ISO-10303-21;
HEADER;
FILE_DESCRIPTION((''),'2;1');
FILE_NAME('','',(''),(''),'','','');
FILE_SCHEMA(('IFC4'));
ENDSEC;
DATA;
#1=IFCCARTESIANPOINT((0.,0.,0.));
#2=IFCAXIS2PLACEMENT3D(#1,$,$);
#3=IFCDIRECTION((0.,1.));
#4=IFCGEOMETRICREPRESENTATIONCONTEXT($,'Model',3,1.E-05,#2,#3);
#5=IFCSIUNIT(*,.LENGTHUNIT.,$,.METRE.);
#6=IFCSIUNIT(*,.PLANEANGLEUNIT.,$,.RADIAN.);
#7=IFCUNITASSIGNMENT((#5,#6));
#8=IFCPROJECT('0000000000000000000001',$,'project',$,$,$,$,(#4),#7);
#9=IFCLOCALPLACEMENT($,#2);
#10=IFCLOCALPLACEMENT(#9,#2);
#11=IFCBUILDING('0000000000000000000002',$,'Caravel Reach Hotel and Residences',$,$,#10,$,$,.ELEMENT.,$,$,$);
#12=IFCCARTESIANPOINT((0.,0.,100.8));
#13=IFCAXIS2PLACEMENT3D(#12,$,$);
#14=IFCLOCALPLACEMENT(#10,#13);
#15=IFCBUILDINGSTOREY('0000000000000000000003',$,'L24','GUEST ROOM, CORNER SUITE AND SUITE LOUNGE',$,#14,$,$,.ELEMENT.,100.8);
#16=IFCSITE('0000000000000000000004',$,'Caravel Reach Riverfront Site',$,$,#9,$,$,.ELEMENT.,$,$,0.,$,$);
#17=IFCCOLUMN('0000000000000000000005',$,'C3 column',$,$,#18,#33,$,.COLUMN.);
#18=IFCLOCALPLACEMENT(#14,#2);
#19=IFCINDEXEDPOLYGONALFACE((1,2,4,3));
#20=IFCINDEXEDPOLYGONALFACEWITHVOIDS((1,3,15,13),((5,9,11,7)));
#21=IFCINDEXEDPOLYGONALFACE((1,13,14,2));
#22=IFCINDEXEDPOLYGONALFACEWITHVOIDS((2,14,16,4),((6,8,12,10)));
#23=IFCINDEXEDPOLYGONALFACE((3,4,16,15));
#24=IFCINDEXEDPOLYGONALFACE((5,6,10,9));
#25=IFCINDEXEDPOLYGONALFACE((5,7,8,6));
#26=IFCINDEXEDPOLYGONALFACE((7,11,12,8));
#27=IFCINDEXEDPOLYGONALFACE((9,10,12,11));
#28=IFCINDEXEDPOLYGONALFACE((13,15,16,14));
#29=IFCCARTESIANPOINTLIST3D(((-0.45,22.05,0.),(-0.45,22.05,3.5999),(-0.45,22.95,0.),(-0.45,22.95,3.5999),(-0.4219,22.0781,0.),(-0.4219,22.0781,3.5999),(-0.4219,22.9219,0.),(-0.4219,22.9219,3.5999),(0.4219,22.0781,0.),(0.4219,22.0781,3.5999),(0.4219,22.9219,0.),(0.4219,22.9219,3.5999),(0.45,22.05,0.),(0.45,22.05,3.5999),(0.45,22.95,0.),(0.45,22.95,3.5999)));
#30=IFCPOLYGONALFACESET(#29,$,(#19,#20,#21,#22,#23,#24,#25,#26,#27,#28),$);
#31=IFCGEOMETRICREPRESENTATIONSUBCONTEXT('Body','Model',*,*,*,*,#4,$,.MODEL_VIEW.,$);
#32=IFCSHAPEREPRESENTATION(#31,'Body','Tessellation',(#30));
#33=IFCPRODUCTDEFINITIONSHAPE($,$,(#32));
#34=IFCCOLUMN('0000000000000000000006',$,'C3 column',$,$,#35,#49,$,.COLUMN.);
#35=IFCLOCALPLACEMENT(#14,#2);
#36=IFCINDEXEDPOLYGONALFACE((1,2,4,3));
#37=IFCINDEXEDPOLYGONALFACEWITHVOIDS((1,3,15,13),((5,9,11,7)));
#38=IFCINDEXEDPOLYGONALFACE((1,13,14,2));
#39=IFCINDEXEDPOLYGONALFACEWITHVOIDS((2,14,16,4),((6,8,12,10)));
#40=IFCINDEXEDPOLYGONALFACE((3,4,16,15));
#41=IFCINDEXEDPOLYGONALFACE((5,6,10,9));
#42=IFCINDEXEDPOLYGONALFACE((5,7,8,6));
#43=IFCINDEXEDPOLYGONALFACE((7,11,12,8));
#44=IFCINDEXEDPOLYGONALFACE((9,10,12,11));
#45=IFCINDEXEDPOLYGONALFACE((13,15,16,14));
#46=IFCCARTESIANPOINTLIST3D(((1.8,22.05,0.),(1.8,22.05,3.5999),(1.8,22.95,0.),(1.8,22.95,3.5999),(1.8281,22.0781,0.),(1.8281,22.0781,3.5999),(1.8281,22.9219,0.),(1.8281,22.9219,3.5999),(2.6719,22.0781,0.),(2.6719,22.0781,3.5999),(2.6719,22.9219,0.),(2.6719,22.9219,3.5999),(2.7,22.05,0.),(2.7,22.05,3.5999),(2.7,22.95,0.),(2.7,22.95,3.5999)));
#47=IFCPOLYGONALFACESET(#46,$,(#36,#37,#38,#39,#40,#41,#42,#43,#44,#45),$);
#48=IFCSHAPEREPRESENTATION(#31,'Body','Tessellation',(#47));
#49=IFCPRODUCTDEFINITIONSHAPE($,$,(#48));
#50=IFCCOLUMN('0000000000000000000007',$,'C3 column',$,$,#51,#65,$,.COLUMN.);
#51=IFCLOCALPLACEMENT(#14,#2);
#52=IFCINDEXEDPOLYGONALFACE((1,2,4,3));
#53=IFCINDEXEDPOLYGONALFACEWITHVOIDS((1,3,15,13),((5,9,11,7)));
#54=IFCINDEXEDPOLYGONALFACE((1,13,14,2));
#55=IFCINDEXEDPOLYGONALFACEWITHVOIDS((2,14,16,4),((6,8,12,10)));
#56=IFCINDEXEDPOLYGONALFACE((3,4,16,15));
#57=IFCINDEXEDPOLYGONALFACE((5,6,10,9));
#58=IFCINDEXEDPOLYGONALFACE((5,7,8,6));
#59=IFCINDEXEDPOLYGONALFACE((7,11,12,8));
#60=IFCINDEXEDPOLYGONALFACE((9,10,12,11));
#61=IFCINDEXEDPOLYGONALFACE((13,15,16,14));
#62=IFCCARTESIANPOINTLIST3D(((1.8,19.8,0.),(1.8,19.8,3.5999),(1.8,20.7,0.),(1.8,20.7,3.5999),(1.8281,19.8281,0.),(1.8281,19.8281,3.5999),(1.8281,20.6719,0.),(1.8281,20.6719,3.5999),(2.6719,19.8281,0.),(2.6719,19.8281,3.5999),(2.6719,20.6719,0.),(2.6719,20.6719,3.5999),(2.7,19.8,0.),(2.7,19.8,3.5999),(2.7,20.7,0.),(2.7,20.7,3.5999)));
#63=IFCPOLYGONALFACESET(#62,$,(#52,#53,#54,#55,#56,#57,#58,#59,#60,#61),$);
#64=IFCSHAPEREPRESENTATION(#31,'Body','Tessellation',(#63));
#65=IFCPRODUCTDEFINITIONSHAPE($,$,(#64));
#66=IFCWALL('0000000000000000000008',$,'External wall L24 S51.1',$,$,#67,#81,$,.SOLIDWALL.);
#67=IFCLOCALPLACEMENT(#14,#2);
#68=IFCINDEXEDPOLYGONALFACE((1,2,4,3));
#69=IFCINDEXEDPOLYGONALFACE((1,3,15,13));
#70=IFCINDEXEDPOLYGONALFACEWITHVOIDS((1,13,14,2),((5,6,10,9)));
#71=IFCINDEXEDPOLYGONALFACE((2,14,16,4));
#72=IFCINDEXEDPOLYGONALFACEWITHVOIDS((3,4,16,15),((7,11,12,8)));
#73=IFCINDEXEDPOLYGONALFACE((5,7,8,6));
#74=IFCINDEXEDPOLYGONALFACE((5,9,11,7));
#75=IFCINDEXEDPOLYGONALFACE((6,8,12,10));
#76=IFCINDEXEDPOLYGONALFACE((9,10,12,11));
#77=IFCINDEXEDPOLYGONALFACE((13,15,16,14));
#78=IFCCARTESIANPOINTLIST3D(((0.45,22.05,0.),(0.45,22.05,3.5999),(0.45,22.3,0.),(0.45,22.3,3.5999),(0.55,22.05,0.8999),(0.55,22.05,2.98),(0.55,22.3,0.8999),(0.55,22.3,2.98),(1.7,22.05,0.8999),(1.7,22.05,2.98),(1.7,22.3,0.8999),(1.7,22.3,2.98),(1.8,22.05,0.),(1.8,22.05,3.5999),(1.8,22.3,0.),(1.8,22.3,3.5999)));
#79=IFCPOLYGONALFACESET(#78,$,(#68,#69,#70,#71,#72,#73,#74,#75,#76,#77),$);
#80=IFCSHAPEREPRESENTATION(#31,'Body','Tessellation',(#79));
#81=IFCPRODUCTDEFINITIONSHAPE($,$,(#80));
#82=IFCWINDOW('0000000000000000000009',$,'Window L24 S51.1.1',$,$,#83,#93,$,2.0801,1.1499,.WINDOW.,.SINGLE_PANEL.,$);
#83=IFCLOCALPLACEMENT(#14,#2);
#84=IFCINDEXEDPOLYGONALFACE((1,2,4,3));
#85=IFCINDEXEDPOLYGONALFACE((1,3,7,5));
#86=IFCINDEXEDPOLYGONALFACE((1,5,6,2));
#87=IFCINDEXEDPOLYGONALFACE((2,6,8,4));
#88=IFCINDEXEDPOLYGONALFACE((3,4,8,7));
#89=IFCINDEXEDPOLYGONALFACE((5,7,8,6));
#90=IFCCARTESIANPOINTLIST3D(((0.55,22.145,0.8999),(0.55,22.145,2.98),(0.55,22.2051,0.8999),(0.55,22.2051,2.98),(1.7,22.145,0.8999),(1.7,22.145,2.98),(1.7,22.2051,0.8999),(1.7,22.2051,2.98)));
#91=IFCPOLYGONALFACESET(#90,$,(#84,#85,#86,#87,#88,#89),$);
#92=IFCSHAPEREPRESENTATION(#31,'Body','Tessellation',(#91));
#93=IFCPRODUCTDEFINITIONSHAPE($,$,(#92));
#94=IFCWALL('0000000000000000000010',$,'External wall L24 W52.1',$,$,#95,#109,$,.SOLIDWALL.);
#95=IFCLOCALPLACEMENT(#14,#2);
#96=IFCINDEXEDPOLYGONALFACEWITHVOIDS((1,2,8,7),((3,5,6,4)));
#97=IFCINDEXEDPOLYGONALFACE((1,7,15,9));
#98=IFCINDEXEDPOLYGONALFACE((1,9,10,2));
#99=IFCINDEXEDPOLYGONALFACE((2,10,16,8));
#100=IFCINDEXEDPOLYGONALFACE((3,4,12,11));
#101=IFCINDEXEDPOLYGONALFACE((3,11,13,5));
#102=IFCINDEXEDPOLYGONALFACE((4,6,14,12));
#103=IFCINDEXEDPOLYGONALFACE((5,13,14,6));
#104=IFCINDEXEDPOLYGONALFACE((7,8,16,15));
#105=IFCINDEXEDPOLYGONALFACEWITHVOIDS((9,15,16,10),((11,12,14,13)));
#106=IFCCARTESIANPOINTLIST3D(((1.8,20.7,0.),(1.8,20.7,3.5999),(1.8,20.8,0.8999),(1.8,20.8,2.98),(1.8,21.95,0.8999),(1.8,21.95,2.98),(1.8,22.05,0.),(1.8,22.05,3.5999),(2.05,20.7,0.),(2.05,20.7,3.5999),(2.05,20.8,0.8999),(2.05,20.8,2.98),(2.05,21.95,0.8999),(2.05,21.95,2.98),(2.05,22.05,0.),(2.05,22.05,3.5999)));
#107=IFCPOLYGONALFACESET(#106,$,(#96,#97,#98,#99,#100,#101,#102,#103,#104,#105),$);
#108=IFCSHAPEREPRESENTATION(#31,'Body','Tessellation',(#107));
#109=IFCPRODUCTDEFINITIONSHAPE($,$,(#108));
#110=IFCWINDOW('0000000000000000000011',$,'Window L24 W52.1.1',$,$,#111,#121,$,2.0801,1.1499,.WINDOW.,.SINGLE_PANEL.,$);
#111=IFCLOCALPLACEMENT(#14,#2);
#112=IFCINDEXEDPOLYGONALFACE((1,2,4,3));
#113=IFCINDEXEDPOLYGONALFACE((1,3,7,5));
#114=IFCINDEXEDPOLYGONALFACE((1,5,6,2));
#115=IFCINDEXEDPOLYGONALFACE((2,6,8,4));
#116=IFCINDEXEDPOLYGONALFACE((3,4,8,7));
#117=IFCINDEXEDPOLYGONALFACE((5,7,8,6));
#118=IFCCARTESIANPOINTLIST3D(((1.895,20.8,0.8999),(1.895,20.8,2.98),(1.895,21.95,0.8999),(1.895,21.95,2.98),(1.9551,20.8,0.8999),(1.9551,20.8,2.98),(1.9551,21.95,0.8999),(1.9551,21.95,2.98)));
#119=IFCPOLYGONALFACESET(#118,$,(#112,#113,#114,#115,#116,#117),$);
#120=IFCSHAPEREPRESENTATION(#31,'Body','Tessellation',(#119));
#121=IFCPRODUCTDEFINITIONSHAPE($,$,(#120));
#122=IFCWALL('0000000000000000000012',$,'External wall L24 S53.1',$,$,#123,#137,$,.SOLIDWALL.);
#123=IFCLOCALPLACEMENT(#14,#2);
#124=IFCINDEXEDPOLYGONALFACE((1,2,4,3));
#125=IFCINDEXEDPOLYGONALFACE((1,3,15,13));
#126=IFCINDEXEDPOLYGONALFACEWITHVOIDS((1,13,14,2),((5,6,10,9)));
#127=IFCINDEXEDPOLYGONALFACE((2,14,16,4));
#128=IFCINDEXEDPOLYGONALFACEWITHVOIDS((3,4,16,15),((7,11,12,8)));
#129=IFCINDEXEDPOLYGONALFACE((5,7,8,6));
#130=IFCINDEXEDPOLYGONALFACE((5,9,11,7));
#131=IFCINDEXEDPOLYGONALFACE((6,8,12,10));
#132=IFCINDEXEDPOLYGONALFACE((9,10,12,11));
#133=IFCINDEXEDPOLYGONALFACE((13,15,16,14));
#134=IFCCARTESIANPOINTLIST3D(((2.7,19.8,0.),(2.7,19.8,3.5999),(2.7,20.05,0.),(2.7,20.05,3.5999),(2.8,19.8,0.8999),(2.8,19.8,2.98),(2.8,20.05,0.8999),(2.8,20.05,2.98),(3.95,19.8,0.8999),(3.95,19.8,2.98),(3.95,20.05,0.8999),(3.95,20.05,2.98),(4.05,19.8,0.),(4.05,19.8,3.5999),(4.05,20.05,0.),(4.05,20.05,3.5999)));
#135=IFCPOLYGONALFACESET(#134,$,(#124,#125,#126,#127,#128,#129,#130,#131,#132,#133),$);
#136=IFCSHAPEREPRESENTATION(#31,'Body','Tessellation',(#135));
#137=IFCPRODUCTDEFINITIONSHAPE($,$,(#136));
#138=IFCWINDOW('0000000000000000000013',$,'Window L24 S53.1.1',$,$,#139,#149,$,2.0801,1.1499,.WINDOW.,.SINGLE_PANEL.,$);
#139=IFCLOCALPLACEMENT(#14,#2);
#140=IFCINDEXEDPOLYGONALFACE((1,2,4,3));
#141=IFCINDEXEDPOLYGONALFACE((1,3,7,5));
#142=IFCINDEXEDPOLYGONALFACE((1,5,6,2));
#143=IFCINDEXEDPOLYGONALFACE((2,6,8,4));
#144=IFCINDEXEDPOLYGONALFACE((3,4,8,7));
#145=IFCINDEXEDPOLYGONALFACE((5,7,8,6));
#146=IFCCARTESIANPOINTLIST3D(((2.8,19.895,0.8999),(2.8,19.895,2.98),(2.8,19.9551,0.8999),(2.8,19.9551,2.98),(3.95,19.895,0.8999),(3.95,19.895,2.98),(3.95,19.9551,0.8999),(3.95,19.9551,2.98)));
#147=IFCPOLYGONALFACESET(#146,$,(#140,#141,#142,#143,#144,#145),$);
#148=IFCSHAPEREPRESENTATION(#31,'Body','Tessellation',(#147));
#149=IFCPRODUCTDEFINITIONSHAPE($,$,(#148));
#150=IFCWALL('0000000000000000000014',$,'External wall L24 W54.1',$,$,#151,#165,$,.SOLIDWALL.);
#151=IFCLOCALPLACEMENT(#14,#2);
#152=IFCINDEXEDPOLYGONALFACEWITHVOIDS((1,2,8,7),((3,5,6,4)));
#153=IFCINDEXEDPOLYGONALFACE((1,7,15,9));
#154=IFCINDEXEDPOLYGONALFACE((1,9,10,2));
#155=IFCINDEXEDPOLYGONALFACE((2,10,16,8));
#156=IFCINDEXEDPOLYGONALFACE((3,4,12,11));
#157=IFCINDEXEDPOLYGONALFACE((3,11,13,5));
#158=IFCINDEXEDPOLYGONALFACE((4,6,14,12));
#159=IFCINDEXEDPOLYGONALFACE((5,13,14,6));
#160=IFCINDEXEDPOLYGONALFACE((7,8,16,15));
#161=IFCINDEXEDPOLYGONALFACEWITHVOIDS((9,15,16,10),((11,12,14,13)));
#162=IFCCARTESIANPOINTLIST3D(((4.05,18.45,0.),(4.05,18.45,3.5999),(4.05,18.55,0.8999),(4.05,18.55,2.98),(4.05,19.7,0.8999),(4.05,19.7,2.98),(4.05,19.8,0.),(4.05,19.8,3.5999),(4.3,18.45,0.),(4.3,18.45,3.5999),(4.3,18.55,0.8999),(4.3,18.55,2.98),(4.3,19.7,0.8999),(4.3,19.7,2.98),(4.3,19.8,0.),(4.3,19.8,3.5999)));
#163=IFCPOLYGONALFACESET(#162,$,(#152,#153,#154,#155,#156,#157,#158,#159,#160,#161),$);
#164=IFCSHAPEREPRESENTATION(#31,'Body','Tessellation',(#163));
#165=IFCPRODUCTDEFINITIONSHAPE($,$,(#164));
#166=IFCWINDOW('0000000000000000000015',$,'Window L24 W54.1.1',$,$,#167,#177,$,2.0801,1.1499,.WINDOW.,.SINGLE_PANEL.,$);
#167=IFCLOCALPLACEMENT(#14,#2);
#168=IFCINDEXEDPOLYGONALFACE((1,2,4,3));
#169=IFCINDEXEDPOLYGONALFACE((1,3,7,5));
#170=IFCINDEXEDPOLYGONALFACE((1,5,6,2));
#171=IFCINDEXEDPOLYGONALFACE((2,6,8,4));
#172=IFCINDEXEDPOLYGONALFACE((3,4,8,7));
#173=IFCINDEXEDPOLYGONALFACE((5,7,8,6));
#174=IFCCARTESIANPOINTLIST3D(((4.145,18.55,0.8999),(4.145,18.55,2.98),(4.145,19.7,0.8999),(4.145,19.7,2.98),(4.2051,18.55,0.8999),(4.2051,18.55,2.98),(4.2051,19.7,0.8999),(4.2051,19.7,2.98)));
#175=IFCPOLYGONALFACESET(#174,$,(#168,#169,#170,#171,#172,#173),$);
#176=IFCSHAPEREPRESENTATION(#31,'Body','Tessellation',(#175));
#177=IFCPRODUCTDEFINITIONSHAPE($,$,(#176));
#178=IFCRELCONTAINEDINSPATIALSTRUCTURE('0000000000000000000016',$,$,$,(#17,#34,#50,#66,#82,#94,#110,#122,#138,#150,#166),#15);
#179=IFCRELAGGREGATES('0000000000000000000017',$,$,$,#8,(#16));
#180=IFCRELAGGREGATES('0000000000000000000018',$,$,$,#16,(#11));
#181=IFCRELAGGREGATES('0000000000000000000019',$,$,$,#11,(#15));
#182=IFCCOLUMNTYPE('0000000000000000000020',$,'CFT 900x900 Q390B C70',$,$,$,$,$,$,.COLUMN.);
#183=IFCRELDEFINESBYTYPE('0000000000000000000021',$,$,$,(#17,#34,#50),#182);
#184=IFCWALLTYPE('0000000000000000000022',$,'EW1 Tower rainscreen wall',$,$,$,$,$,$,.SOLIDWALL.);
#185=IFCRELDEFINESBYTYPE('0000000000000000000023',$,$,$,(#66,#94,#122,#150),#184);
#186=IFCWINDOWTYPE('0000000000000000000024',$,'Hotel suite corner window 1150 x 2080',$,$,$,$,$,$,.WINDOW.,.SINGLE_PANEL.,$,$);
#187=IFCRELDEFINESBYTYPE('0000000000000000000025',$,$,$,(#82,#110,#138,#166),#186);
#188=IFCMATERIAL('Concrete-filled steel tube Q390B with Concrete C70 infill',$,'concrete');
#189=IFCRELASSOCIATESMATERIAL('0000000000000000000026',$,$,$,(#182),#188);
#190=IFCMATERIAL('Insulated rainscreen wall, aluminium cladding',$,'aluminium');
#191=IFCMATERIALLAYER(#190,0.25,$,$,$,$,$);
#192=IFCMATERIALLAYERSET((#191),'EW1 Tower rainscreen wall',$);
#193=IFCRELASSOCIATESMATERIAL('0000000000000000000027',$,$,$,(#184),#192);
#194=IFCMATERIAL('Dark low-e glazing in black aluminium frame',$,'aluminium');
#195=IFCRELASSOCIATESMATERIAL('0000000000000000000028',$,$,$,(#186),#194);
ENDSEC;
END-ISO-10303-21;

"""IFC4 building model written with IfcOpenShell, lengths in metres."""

from ifc_helpers import new_model, si_unit, direction, frame, frame_2d, origin, origin_2d, place, context, subcontext, project, spatial, rectangle, hollow_rectangle, extrude, material, layer, layer_set, material_profile, profile_set, type_object, element, fill, save


model = new_model("IFC4")

# Units and contexts
model_context = context("Model", 3, precision=1e-05, world=origin(), true_north=direction((0.0, 1.0)))
body_context = subcontext(model_context, "Body", "Model", "MODEL_VIEW")
ifc_project = project(units=[si_unit("LENGTHUNIT", "METRE"), si_unit("PLANEANGLEUNIT", "RADIAN")], contexts=[model_context])

# Site, building, storey
site_placement = place(None, origin())
site = spatial("IfcSite", under=ifc_project, at=site_placement, Name="Caravel Reach Riverfront Site", CompositionType="ELEMENT", RefElevation=0.0)
building_placement = place(site_placement, origin())
building = spatial("IfcBuilding", under=site, at=building_placement, Name="Caravel Reach Hotel and Residences", CompositionType="ELEMENT")
storey_placement = place(building_placement, frame((0.0, 0.0, 100.8)))
storey = spatial("IfcBuildingStorey", under=building, at=storey_placement, Name="L24", Description="GUEST ROOM, CORNER SUITE AND SUITE LOUNGE", CompositionType="ELEMENT", Elevation=100.8)

# Columns
ifc_material_1 = material(Name="Concrete-filled steel tube Q390B with Concrete C70 infill", Category="concrete")
ifc_material_profile = material_profile(ifc_material_1, hollow_rectangle(XDim=0.8999, YDim=0.8999, WallThickness=0.0281, at=origin_2d()), Name="RHS 900x900x28")
ifc_profile_set = profile_set([ifc_material_profile], Name="Concrete-filled steel tube Q390B with Concrete C70 infill")
column_type = type_object("IfcColumnType", Name="CFT 900x900 Q390B C70", PredefinedType="COLUMN", material=ifc_profile_set)
for number, where, z_axis, x_axis, name in (
    (1, (0.0, 22.5, 0.0), (0.0, 0.0, 1.0), (1.0, 0.0, 0.0), "C3 column"),
    (2, (2.25, 22.5, 0.0), (0.0, 0.0, 1.0), (1.0, 0.0, 0.0), "C3 column"),
    (3, (2.25, 20.25, 0.0), (0.0, 0.0, 1.0), (1.0, 0.0, 0.0), "C3 column"),
):
    element("IfcColumn", number, at=place(storey_placement, frame(where, z_axis=z_axis, x_axis=x_axis)), inside=storey, type_object=column_type, Name=name, PredefinedType="COLUMN", context=body_context, shape_type="SweptSolid", body=[
        extrude(hollow_rectangle(XDim=0.8999, YDim=0.8999, WallThickness=0.0281, at=origin_2d()), origin(), (0.0, 0.0, 1.0), 3.5999),
    ])

# Walls, openings, windows
ifc_material_2 = material(Name="Insulated rainscreen wall, aluminium cladding", Category="aluminium")
ifc_layer_1 = layer(ifc_material_2, 0.25)
ifc_layer_set_1 = layer_set([ifc_layer_1], Name="EW1 Tower rainscreen wall")
wall_type_1 = type_object("IfcWallType", Name="EW1 Tower rainscreen wall", PredefinedType="SOLIDWALL", material=ifc_layer_set_1)
wall_1_placement = place(storey_placement, frame((0.45, 22.175, 0.0), z_axis=(0.0, 0.0, 1.0), x_axis=(1.0, 0.0, 0.0)))
wall_1 = element("IfcWall", 4, at=wall_1_placement, inside=storey, type_object=wall_type_1, Name="External wall L24 S51.1", PredefinedType="SOLIDWALL", context=body_context, shape_type="SweptSolid", body=[
    extrude(rectangle(XDim=1.3501, YDim=0.25, at=frame_2d((0.675, 0.0))), origin(), (0.0, 0.0, 1.0), 3.5999),
])
opening_1_placement = place(wall_1_placement, frame((0.1001, 0.0, 0.8999)))
opening_1 = element("IfcOpeningElement", 5, at=opening_1_placement, cuts=wall_1, PredefinedType="OPENING", context=body_context, shape_type="SweptSolid", body=[
    extrude(rectangle(XDim=1.1499, YDim=2.0801, at=frame_2d((0.575, 1.04))), frame((0.0, 0.135, 0.0), z_axis=(0.0, -1.0, 0.0), x_axis=(1.0, 0.0, 0.0)), (0.0, 0.0, 1.0), 0.27),
])
ifc_material_3 = material(Name="Dark low-e glazing in black aluminium frame", Category="aluminium")
window_type = type_object("IfcWindowType", Name="Hotel suite corner window 1150 x 2080", PartitioningType="SINGLE_PANEL", PredefinedType="WINDOW", material=ifc_material_3)
window_1_placement = place(opening_1_placement, origin())
window_1 = element("IfcWindow", 6, at=window_1_placement, inside=storey, type_object=window_type, Name="Window L24 S51.1.1", OverallHeight=2.0801, OverallWidth=1.1499, PartitioningType="SINGLE_PANEL", PredefinedType="WINDOW", context=body_context, shape_type="SweptSolid", body=[
    extrude(rectangle(XDim=1.1499, YDim=2.0801, at=frame_2d((0.575, 1.04))), frame((0.0, 0.03, 0.0), z_axis=(0.0, -1.0, 0.0), x_axis=(1.0, 0.0, 0.0)), (0.0, 0.0, 1.0), 0.0601),
])
fill(opening_1, window_1)
wall_2_placement = place(storey_placement, frame((1.925, 22.05, 0.0), z_axis=(0.0, 0.0, 1.0), x_axis=(0.0, -1.0, 0.0)))
wall_2 = element("IfcWall", 7, at=wall_2_placement, inside=storey, type_object=wall_type_1, Name="External wall L24 W52.1", PredefinedType="SOLIDWALL", context=body_context, shape_type="SweptSolid", body=[
    extrude(rectangle(XDim=1.3501, YDim=0.25, at=frame_2d((0.675, 0.0))), origin(), (0.0, 0.0, 1.0), 3.5999),
])
opening_2_placement = place(wall_2_placement, frame((0.1001, 0.0, 0.8999)))
opening_2 = element("IfcOpeningElement", 8, at=opening_2_placement, cuts=wall_2, PredefinedType="OPENING", context=body_context, shape_type="SweptSolid", body=[
    extrude(rectangle(XDim=1.1499, YDim=2.0801, at=frame_2d((0.575, 1.04))), frame((0.0, 0.135, 0.0), z_axis=(0.0, -1.0, 0.0), x_axis=(1.0, 0.0, 0.0)), (0.0, 0.0, 1.0), 0.27),
])
window_2_placement = place(opening_2_placement, origin())
window_2 = element("IfcWindow", 9, at=window_2_placement, inside=storey, type_object=window_type, Name="Window L24 W52.1.1", OverallHeight=2.0801, OverallWidth=1.1499, PartitioningType="SINGLE_PANEL", PredefinedType="WINDOW", context=body_context, shape_type="SweptSolid", body=[
    extrude(rectangle(XDim=1.1499, YDim=2.0801, at=frame_2d((0.575, 1.04))), frame((0.0, 0.03, 0.0), z_axis=(0.0, -1.0, 0.0), x_axis=(1.0, 0.0, 0.0)), (0.0, 0.0, 1.0), 0.0601),
])
fill(opening_2, window_2)
wall_3_placement = place(storey_placement, frame((2.7, 19.925, 0.0), z_axis=(0.0, 0.0, 1.0), x_axis=(1.0, 0.0, 0.0)))
wall_3 = element("IfcWall", 10, at=wall_3_placement, inside=storey, type_object=wall_type_1, Name="External wall L24 S53.1", PredefinedType="SOLIDWALL", context=body_context, shape_type="SweptSolid", body=[
    extrude(rectangle(XDim=1.3501, YDim=0.25, at=frame_2d((0.675, 0.0))), origin(), (0.0, 0.0, 1.0), 3.5999),
])
opening_3_placement = place(wall_3_placement, frame((0.1001, 0.0, 0.8999)))
opening_3 = element("IfcOpeningElement", 11, at=opening_3_placement, cuts=wall_3, PredefinedType="OPENING", context=body_context, shape_type="SweptSolid", body=[
    extrude(rectangle(XDim=1.1499, YDim=2.0801, at=frame_2d((0.575, 1.04))), frame((0.0, 0.135, 0.0), z_axis=(0.0, -1.0, 0.0), x_axis=(1.0, 0.0, 0.0)), (0.0, 0.0, 1.0), 0.27),
])
window_3_placement = place(opening_3_placement, origin())
window_3 = element("IfcWindow", 12, at=window_3_placement, inside=storey, type_object=window_type, Name="Window L24 S53.1.1", OverallHeight=2.0801, OverallWidth=1.1499, PartitioningType="SINGLE_PANEL", PredefinedType="WINDOW", context=body_context, shape_type="SweptSolid", body=[
    extrude(rectangle(XDim=1.1499, YDim=2.0801, at=frame_2d((0.575, 1.04))), frame((0.0, 0.03, 0.0), z_axis=(0.0, -1.0, 0.0), x_axis=(1.0, 0.0, 0.0)), (0.0, 0.0, 1.0), 0.0601),
])
fill(opening_3, window_3)
wall_4_placement = place(storey_placement, frame((4.175, 19.8, 0.0), z_axis=(0.0, 0.0, 1.0), x_axis=(0.0, -1.0, 0.0)))
wall_4 = element("IfcWall", 13, at=wall_4_placement, inside=storey, type_object=wall_type_1, Name="External wall L24 W54.1", PredefinedType="SOLIDWALL", context=body_context, shape_type="SweptSolid", body=[
    extrude(rectangle(XDim=1.3501, YDim=0.25, at=frame_2d((0.675, 0.0))), origin(), (0.0, 0.0, 1.0), 3.5999),
])
opening_4_placement = place(wall_4_placement, frame((0.1001, 0.0, 0.8999)))
opening_4 = element("IfcOpeningElement", 14, at=opening_4_placement, cuts=wall_4, PredefinedType="OPENING", context=body_context, shape_type="SweptSolid", body=[
    extrude(rectangle(XDim=1.1499, YDim=2.0801, at=frame_2d((0.575, 1.04))), frame((0.0, 0.135, 0.0), z_axis=(0.0, -1.0, 0.0), x_axis=(1.0, 0.0, 0.0)), (0.0, 0.0, 1.0), 0.27),
])
window_4_placement = place(opening_4_placement, origin())
window_4 = element("IfcWindow", 15, at=window_4_placement, inside=storey, type_object=window_type, Name="Window L24 W54.1.1", OverallHeight=2.0801, OverallWidth=1.1499, PartitioningType="SINGLE_PANEL", PredefinedType="WINDOW", context=body_context, shape_type="SweptSolid", body=[
    extrude(rectangle(XDim=1.1499, YDim=2.0801, at=frame_2d((0.575, 1.04))), frame((0.0, 0.03, 0.0), z_axis=(0.0, -1.0, 0.0), x_axis=(1.0, 0.0, 0.0)), (0.0, 0.0, 1.0), 0.0601),
])
fill(opening_4, window_4)

save(model, "model.ifc")
